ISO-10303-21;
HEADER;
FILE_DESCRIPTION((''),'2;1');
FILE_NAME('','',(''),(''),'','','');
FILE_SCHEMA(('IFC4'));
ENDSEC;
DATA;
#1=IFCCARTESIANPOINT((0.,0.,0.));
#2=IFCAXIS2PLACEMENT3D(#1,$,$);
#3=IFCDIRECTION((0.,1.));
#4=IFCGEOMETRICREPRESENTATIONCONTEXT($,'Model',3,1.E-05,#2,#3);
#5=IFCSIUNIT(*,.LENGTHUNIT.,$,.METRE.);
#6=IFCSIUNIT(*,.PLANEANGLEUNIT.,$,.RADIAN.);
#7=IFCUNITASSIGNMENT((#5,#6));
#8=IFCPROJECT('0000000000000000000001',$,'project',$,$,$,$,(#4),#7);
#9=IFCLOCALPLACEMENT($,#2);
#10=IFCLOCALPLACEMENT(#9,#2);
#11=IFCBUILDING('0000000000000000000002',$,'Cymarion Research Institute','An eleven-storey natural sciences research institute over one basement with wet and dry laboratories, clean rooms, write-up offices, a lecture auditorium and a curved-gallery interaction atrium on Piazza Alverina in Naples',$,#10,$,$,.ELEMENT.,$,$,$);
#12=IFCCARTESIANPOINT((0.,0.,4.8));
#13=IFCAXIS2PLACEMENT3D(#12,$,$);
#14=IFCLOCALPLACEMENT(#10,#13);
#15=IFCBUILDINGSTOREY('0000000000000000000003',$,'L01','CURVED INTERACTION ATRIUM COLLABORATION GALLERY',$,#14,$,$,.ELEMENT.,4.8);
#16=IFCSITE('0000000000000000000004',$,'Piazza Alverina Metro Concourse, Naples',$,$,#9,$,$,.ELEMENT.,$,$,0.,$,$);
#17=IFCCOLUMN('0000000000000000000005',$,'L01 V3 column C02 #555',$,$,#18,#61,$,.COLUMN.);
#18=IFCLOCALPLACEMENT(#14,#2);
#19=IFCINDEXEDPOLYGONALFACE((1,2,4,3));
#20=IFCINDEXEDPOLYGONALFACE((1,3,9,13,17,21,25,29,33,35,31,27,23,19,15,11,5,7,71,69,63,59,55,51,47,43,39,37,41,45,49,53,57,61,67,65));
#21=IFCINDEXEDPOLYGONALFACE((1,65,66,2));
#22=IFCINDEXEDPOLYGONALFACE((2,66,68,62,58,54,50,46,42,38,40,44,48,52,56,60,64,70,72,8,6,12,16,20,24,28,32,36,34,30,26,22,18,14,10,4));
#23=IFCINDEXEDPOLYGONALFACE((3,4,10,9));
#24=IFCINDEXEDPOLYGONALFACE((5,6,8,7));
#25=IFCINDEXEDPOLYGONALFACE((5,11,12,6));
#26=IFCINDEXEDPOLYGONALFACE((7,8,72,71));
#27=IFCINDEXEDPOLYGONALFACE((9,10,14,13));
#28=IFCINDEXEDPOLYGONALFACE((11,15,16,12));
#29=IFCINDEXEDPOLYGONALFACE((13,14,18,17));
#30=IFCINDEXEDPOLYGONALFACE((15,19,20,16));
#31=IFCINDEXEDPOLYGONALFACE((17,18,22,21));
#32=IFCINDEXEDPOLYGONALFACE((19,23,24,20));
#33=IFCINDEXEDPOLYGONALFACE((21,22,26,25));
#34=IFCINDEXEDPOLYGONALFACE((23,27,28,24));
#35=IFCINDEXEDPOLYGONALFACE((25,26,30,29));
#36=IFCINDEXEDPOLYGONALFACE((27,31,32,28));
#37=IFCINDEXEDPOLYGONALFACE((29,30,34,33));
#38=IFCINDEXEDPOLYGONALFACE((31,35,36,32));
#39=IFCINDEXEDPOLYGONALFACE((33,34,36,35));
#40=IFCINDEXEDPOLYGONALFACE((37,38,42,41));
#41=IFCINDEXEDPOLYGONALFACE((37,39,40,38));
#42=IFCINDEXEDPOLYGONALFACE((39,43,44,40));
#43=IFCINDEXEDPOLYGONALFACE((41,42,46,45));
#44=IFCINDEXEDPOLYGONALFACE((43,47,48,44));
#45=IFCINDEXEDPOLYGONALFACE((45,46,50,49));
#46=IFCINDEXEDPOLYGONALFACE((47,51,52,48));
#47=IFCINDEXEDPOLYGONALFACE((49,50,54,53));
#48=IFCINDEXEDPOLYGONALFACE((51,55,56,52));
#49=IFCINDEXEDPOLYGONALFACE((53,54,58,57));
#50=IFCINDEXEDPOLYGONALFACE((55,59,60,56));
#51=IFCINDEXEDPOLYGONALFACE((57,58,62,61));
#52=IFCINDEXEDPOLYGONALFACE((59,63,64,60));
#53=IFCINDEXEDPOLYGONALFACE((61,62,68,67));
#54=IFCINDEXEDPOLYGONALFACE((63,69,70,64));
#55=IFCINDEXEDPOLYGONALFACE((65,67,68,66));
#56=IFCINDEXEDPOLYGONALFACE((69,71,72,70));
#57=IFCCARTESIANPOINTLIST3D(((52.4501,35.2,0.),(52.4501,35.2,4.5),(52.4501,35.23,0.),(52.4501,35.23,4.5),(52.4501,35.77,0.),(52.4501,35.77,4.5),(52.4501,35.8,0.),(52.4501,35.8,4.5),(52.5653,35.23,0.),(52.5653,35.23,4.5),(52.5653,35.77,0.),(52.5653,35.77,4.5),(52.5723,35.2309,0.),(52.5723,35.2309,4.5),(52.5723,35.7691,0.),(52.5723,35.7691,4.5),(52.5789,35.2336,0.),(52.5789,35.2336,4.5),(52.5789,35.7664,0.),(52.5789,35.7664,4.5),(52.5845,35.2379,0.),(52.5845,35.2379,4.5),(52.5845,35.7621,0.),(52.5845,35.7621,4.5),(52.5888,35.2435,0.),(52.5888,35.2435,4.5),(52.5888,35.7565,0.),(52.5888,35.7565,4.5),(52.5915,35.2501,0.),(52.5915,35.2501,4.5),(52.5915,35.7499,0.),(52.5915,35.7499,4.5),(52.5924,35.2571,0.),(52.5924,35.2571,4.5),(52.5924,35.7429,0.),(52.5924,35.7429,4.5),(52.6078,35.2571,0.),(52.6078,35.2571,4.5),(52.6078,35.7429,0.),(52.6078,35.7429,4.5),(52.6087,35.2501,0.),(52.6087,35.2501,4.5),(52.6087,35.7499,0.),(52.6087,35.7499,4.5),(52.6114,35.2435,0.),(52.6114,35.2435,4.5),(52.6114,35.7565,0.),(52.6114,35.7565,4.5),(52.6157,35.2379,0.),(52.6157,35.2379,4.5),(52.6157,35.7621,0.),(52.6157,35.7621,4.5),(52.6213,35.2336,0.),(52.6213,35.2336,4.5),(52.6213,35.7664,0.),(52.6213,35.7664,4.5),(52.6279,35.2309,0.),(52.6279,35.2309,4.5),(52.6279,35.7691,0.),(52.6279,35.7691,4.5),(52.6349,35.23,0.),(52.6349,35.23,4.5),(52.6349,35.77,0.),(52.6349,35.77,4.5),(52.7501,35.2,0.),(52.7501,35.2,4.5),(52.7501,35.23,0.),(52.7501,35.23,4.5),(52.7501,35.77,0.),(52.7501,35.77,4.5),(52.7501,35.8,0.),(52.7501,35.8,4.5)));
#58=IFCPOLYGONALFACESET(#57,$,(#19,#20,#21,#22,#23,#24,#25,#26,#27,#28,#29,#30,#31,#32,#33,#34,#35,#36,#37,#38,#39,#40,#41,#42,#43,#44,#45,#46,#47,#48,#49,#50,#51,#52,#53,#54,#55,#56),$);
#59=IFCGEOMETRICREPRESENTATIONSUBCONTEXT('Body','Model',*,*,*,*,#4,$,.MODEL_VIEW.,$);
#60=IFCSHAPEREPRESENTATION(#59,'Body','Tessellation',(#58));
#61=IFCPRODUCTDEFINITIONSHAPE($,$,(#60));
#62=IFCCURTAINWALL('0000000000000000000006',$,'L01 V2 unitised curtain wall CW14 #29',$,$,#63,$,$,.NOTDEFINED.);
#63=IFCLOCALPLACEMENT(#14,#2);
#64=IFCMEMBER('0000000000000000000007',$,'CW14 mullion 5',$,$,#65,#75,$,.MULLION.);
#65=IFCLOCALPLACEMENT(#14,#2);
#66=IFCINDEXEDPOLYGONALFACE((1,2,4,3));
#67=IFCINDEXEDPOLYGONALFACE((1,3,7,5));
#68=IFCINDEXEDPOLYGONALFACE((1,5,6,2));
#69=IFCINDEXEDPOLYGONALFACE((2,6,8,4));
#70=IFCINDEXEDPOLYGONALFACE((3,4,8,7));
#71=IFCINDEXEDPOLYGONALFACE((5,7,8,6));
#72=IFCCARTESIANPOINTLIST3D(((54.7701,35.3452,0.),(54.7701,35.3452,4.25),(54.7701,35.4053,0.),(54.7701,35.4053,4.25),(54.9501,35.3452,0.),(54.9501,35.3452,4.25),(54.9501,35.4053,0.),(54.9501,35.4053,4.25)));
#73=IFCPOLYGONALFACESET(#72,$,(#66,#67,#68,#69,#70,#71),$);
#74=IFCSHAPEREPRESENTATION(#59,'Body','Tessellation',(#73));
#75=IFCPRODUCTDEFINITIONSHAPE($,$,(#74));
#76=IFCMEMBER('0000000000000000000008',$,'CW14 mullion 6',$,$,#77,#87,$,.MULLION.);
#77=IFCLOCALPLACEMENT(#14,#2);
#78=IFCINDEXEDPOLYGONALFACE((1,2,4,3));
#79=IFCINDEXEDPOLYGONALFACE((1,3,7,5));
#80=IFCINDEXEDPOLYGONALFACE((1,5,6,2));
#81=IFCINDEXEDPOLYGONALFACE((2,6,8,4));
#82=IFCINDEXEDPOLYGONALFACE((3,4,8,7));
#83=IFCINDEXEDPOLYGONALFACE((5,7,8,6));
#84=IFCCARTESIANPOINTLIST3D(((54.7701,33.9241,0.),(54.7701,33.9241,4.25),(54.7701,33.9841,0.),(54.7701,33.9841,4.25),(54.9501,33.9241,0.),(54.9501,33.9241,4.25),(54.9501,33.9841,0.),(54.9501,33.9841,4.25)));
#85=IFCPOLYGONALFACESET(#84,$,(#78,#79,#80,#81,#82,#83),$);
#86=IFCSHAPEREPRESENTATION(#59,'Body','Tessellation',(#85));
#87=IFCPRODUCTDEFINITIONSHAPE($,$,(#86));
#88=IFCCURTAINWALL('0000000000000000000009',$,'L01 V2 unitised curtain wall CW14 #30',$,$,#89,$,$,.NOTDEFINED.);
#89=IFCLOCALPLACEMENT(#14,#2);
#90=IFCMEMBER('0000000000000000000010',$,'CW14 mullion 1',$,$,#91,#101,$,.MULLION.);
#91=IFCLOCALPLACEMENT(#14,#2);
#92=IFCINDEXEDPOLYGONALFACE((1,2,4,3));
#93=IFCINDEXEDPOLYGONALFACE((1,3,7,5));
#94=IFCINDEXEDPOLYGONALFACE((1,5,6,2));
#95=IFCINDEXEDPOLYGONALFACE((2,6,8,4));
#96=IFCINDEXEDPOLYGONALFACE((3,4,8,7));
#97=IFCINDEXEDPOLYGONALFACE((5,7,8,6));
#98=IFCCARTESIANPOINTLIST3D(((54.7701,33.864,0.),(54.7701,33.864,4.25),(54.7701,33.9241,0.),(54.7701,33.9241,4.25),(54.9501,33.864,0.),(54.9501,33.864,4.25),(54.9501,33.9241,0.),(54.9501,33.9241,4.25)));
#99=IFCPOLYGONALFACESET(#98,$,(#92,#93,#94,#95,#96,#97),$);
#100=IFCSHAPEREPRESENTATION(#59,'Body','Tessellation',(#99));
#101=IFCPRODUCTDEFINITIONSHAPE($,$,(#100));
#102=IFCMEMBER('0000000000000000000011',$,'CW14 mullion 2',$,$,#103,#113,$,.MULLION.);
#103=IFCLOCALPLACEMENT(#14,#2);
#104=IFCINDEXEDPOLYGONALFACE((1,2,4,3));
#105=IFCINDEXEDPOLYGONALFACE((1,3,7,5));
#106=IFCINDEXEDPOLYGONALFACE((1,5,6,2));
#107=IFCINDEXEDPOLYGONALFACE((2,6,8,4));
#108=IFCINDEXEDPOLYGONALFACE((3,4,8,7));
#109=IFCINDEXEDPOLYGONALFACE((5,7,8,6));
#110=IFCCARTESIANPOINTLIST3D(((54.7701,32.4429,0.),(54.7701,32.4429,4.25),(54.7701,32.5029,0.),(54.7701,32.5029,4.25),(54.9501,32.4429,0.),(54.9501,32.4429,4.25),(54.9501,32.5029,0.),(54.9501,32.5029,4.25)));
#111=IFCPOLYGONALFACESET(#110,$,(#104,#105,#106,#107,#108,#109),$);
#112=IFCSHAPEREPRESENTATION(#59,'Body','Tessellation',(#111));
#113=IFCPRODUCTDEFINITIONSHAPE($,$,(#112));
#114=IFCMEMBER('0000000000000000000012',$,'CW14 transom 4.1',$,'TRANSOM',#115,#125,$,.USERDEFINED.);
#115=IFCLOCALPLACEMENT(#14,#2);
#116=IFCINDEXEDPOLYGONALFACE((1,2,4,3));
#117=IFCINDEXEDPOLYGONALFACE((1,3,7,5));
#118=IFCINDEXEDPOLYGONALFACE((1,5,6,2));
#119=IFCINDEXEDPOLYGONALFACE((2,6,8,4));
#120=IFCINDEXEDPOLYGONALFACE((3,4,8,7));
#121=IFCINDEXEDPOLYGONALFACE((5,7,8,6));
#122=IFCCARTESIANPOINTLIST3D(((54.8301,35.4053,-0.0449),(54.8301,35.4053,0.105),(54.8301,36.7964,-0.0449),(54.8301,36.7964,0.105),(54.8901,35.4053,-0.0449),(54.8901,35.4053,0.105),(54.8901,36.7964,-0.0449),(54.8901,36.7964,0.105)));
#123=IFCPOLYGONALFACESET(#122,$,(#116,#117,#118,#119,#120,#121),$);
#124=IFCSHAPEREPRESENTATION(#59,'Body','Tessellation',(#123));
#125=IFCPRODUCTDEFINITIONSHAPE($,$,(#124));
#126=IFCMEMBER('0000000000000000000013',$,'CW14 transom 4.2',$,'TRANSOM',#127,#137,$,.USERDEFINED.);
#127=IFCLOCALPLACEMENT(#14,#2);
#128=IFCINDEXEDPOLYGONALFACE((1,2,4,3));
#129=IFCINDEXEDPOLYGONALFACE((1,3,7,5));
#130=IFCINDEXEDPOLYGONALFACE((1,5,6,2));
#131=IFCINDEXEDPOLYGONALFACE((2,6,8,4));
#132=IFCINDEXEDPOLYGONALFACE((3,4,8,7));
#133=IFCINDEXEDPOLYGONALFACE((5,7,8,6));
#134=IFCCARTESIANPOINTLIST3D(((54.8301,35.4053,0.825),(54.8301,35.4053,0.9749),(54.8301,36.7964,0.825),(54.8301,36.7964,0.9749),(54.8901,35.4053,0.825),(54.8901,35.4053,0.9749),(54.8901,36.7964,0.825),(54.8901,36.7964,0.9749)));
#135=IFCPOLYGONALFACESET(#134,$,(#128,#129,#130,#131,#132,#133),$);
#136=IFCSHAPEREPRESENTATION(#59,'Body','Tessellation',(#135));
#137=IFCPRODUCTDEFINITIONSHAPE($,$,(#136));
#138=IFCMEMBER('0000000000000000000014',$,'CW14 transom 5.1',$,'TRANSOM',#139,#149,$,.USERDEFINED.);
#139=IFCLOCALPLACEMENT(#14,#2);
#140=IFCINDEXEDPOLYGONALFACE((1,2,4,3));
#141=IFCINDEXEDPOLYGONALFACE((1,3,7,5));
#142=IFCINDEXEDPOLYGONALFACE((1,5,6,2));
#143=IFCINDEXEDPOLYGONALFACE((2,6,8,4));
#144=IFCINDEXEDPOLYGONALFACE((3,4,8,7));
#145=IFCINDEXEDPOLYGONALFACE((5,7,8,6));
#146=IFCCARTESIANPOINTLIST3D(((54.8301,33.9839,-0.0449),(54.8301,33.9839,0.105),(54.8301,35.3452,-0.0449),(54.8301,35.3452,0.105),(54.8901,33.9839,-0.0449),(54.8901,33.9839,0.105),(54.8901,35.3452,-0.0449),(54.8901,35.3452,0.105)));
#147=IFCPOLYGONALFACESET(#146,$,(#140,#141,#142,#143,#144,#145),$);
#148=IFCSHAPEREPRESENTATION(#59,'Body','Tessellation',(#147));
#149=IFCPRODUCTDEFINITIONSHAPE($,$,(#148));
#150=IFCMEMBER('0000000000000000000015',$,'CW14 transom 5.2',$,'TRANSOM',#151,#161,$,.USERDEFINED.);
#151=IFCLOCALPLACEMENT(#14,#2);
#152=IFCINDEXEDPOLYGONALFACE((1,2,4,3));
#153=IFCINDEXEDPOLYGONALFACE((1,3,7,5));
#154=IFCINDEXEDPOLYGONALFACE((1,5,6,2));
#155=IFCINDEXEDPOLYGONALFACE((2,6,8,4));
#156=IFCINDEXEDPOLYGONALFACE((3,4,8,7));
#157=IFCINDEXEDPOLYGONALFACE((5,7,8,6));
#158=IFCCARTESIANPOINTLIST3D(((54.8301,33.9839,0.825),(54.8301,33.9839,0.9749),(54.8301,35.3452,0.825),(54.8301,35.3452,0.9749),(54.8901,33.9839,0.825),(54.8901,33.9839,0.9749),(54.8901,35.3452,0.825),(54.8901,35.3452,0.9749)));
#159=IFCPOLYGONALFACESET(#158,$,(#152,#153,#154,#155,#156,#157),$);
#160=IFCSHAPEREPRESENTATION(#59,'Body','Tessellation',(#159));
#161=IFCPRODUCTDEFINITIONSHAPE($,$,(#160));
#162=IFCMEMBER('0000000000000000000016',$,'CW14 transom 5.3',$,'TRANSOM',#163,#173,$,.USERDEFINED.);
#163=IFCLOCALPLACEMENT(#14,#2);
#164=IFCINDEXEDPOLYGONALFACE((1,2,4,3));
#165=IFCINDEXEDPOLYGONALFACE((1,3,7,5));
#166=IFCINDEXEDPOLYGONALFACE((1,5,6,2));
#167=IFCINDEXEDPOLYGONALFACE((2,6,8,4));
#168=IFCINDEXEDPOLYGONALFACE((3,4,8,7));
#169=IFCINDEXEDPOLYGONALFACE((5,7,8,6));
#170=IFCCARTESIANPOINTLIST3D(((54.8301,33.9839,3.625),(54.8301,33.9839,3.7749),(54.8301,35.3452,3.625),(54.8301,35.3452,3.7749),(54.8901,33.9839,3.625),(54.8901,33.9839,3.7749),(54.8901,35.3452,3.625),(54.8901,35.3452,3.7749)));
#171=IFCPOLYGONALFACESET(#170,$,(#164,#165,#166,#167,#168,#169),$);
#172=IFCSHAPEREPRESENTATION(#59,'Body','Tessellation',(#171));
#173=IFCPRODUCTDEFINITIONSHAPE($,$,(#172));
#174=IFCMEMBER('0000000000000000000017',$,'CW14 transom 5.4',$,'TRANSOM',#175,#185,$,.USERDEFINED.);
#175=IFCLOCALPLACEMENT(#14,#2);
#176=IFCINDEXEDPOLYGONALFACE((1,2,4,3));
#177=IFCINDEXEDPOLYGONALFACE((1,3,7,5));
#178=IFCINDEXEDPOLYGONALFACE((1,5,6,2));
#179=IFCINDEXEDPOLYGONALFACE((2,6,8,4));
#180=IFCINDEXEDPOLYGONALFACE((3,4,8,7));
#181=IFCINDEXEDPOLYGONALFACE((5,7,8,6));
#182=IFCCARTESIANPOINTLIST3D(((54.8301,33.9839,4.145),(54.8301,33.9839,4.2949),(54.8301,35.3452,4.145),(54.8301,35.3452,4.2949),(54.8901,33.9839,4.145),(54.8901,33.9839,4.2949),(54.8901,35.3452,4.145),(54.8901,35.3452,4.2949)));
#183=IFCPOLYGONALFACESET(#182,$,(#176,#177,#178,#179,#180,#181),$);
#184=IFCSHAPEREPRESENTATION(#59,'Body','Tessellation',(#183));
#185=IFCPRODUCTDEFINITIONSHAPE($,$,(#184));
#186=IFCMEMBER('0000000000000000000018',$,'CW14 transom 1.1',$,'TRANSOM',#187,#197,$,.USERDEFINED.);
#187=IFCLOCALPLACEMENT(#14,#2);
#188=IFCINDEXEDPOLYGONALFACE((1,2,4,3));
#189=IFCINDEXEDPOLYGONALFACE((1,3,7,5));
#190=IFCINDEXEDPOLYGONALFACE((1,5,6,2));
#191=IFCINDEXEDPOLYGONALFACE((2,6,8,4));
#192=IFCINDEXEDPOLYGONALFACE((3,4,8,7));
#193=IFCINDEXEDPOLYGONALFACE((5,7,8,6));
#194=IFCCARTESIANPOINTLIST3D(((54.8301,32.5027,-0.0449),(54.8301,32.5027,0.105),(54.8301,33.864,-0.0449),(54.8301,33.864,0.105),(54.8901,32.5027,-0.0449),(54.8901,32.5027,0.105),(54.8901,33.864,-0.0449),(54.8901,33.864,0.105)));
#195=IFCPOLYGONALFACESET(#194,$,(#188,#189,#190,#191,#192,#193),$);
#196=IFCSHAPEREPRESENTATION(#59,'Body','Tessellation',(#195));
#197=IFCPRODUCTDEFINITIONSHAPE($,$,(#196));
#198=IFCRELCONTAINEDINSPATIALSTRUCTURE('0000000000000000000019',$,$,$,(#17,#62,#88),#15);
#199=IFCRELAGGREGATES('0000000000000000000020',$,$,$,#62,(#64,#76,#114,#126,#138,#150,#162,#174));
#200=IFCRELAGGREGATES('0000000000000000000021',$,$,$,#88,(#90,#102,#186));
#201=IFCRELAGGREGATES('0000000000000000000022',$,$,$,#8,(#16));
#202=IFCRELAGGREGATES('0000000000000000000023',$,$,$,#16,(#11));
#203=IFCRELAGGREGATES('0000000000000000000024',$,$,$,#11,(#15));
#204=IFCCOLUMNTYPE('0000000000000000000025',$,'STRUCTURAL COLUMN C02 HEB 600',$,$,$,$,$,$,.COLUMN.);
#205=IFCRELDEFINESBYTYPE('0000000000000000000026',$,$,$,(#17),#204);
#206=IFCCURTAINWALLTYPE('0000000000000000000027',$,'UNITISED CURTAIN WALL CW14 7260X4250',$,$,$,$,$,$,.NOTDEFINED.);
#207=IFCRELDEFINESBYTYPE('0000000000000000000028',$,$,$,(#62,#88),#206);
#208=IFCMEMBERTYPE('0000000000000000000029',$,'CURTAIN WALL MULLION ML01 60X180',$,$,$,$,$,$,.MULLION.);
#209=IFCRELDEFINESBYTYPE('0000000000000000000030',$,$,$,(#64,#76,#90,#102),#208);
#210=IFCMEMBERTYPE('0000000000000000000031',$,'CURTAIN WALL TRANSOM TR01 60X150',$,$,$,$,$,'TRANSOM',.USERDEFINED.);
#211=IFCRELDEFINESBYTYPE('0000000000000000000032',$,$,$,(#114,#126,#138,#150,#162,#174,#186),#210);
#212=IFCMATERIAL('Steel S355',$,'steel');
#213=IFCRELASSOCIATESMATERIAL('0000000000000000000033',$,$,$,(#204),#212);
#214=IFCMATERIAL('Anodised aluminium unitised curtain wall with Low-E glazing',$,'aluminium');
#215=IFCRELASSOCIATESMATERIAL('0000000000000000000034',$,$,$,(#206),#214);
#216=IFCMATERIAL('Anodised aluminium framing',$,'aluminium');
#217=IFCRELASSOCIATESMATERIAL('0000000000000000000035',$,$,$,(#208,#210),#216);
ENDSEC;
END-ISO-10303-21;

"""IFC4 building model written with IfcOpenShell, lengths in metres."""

from ifc_helpers import new_model, si_unit, direction, frame, origin, origin_2d, place, context, subcontext, project, spatial, rectangle, i_section, extrude, material, material_profile, profile_set, type_object, element, aggregate, save


model = new_model("IFC4")

# Units and contexts
model_context = context("Model", 3, precision=1e-05, world=origin(), true_north=direction((0.0, 1.0)))
body_context = subcontext(model_context, "Body", "Model", "MODEL_VIEW")
ifc_project = project(units=[si_unit("LENGTHUNIT", "METRE"), si_unit("PLANEANGLEUNIT", "RADIAN")], contexts=[model_context])

# Site, building, storey
site_placement = place(None, origin())
site = spatial("IfcSite", under=ifc_project, at=site_placement, Name="Piazza Alverina Metro Concourse, Naples", CompositionType="ELEMENT", RefElevation=0.0)
building_placement = place(site_placement, origin())
building = spatial("IfcBuilding", under=site, at=building_placement, Name="Cymarion Research Institute", Description="An eleven-storey natural sciences research institute over one basement with wet and dry laboratories, clean rooms, write-up offices, a lecture auditorium and a curved-gallery interaction atrium on Piazza Alverina in Naples", CompositionType="ELEMENT")
storey_placement = place(building_placement, frame((0.0, 0.0, 4.8)))
storey = spatial("IfcBuildingStorey", under=building, at=storey_placement, Name="L01", Description="CURVED INTERACTION ATRIUM COLLABORATION GALLERY", CompositionType="ELEMENT", Elevation=4.8)

# Column
ifc_material_1 = material(Name="Steel S355", Category="steel")
ifc_material_profile_1 = material_profile(ifc_material_1, i_section(OverallWidth=0.3, OverallDepth=0.6001, WebThickness=0.0154, FlangeThickness=0.03, FilletRadius=0.0271, at=origin_2d()), Name="HEB 600")
ifc_profile_set_1 = profile_set([ifc_material_profile_1], Name="Steel S355")
column_type = type_object("IfcColumnType", Name="STRUCTURAL COLUMN C02 HEB 600", PredefinedType="COLUMN", material=ifc_profile_set_1)
column_placement = place(storey_placement, frame((52.6001, 35.5, 0.0), z_axis=(0.0, 0.0, 1.0), x_axis=(1.0, 0.0, 0.0)))
element("IfcColumn", 1, at=column_placement, inside=storey, type_object=column_type, Name="L01 V3 column C02 #555", PredefinedType="COLUMN", context=body_context, shape_type="SweptSolid", body=[
    extrude(i_section(OverallWidth=0.3, OverallDepth=0.6001, WebThickness=0.0154, FlangeThickness=0.03, FilletRadius=0.0271, at=origin_2d()), origin(), (0.0, 0.0, 1.0), 4.5),
])

# Curtain walls, members
ifc_material_2 = material(Name="Anodised aluminium unitised curtain wall with Low-E glazing", Category="aluminium")
curtain_wall_type = type_object("IfcCurtainWallType", Name="UNITISED CURTAIN WALL CW14 7260X4250", PredefinedType="NOTDEFINED", material=ifc_material_2)
curtain_wall_1_placement = place(storey_placement, origin())
curtain_wall_1 = element("IfcCurtainWall", 2, at=curtain_wall_1_placement, inside=storey, type_object=curtain_wall_type, Name="L01 V2 unitised curtain wall CW14 #29", PredefinedType="NOTDEFINED")
ifc_material_3 = material(Name="Anodised aluminium framing", Category="aluminium")
ifc_material_profile_2 = material_profile(ifc_material_3, rectangle(XDim=0.0601, YDim=0.1799, at=origin_2d()), Name="ALU MULLION 60x180")
ifc_profile_set_2 = profile_set([ifc_material_profile_2], Name="Anodised aluminium framing")
member_type_1 = type_object("IfcMemberType", Name="CURTAIN WALL MULLION ML01 60X180", PredefinedType="MULLION", material=ifc_profile_set_2)
member_1_placement = place(storey_placement, frame((54.8601, 35.3752, 0.0), z_axis=(0.0, 0.0, 1.0), x_axis=(0.0, -1.0, 0.0)))
member_1 = element("IfcMember", 3, at=member_1_placement, type_object=member_type_1, Name="CW14 mullion 5", PredefinedType="MULLION", context=body_context, shape_type="SweptSolid", body=[
    extrude(rectangle(XDim=0.0601, YDim=0.1799, at=origin_2d()), origin(), (0.0, 0.0, 1.0), 4.25),
])
member_2_placement = place(storey_placement, frame((54.8601, 33.9541, 0.0), z_axis=(0.0, 0.0, 1.0), x_axis=(0.0, -1.0, 0.0)))
member_2 = element("IfcMember", 4, at=member_2_placement, type_object=member_type_1, Name="CW14 mullion 6", PredefinedType="MULLION", context=body_context, shape_type="SweptSolid", body=[
    extrude(rectangle(XDim=0.0601, YDim=0.1799, at=origin_2d()), origin(), (0.0, 0.0, 1.0), 4.25),
])
curtain_wall_2_placement = place(storey_placement, origin())
curtain_wall_2 = element("IfcCurtainWall", 5, at=curtain_wall_2_placement, inside=storey, type_object=curtain_wall_type, Name="L01 V2 unitised curtain wall CW14 #30", PredefinedType="NOTDEFINED")
member_3_placement = place(storey_placement, frame((54.8601, 33.894, 0.0), z_axis=(0.0, 0.0, 1.0), x_axis=(0.0, -1.0, 0.0)))
member_3 = element("IfcMember", 6, at=member_3_placement, type_object=member_type_1, Name="CW14 mullion 1", PredefinedType="MULLION", context=body_context, shape_type="SweptSolid", body=[
    extrude(rectangle(XDim=0.0601, YDim=0.1799, at=origin_2d()), origin(), (0.0, 0.0, 1.0), 4.25),
])
member_4_placement = place(storey_placement, frame((54.8601, 32.4729, 0.0), z_axis=(0.0, 0.0, 1.0), x_axis=(0.0, -1.0, 0.0)))
member_4 = element("IfcMember", 7, at=member_4_placement, type_object=member_type_1, Name="CW14 mullion 2", PredefinedType="MULLION", context=body_context, shape_type="SweptSolid", body=[
    extrude(rectangle(XDim=0.0601, YDim=0.1799, at=origin_2d()), origin(), (0.0, 0.0, 1.0), 4.25),
])

# Members
ifc_material_profile_3 = material_profile(ifc_material_3, rectangle(XDim=0.0601, YDim=0.1499, at=origin_2d()), Name="ALU TRANSOM 60x150")
ifc_profile_set_3 = profile_set([ifc_material_profile_3], Name="Anodised aluminium framing")
member_type_2 = type_object("IfcMemberType", Name="CURTAIN WALL TRANSOM TR01 60X150", ElementType="TRANSOM", PredefinedType="USERDEFINED", material=ifc_profile_set_3)
member_5_placement = place(storey_placement, frame((54.8601, 36.7964, 0.03), z_axis=(0.0, -1.0, 0.0), x_axis=(1.0, 0.0, 0.0)))
member_5 = element("IfcMember", 8, at=member_5_placement, type_object=member_type_2, Name="CW14 transom 4.1", ObjectType="TRANSOM", PredefinedType="USERDEFINED", context=body_context, shape_type="SweptSolid", body=[
    extrude(rectangle(XDim=0.0601, YDim=0.1499, at=origin_2d()), origin(), (0.0, 0.0, 1.0), 1.3911),
])
member_6_placement = place(storey_placement, frame((54.8601, 36.7964, 0.8999), z_axis=(0.0, -1.0, 0.0), x_axis=(1.0, 0.0, 0.0)))
member_6 = element("IfcMember", 9, at=member_6_placement, type_object=member_type_2, Name="CW14 transom 4.2", ObjectType="TRANSOM", PredefinedType="USERDEFINED", context=body_context, shape_type="SweptSolid", body=[
    extrude(rectangle(XDim=0.0601, YDim=0.1499, at=origin_2d()), origin(), (0.0, 0.0, 1.0), 1.3911),
])
member_7_placement = place(storey_placement, frame((54.8601, 35.3452, 0.03), z_axis=(0.0, -1.0, 0.0), x_axis=(1.0, 0.0, 0.0)))
member_7 = element("IfcMember", 10, at=member_7_placement, type_object=member_type_2, Name="CW14 transom 5.1", ObjectType="TRANSOM", PredefinedType="USERDEFINED", context=body_context, shape_type="SweptSolid", body=[
    extrude(rectangle(XDim=0.0601, YDim=0.1499, at=origin_2d()), origin(), (0.0, 0.0, 1.0), 1.3613),
])
member_8_placement = place(storey_placement, frame((54.8601, 35.3452, 0.8999), z_axis=(0.0, -1.0, 0.0), x_axis=(1.0, 0.0, 0.0)))
member_8 = element("IfcMember", 11, at=member_8_placement, type_object=member_type_2, Name="CW14 transom 5.2", ObjectType="TRANSOM", PredefinedType="USERDEFINED", context=body_context, shape_type="SweptSolid", body=[
    extrude(rectangle(XDim=0.0601, YDim=0.1499, at=origin_2d()), origin(), (0.0, 0.0, 1.0), 1.3613),
])
member_9_placement = place(storey_placement, frame((54.8601, 35.3452, 3.7), z_axis=(0.0, -1.0, 0.0), x_axis=(1.0, 0.0, 0.0)))
member_9 = element("IfcMember", 12, at=member_9_placement, type_object=member_type_2, Name="CW14 transom 5.3", ObjectType="TRANSOM", PredefinedType="USERDEFINED", context=body_context, shape_type="SweptSolid", body=[
    extrude(rectangle(XDim=0.0601, YDim=0.1499, at=origin_2d()), origin(), (0.0, 0.0, 1.0), 1.3613),
])
member_10_placement = place(storey_placement, frame((54.8601, 35.3452, 4.22), z_axis=(0.0, -1.0, 0.0), x_axis=(1.0, 0.0, 0.0)))
member_10 = element("IfcMember", 13, at=member_10_placement, type_object=member_type_2, Name="CW14 transom 5.4", ObjectType="TRANSOM", PredefinedType="USERDEFINED", context=body_context, shape_type="SweptSolid", body=[
    extrude(rectangle(XDim=0.0601, YDim=0.1499, at=origin_2d()), origin(), (0.0, 0.0, 1.0), 1.3613),
])
member_11_placement = place(storey_placement, frame((54.8601, 33.864, 0.03), z_axis=(0.0, -1.0, 0.0), x_axis=(1.0, 0.0, 0.0)))
member_11 = element("IfcMember", 14, at=member_11_placement, type_object=member_type_2, Name="CW14 transom 1.1", ObjectType="TRANSOM", PredefinedType="USERDEFINED", context=body_context, shape_type="SweptSolid", body=[
    extrude(rectangle(XDim=0.0601, YDim=0.1499, at=origin_2d()), origin(), (0.0, 0.0, 1.0), 1.3613),
])

aggregate(curtain_wall_1, [member_1, member_2, member_5, member_6, member_7, member_8, member_9, member_10])
aggregate(curtain_wall_2, [member_3, member_4, member_11])

save(model, "model.ifc")
